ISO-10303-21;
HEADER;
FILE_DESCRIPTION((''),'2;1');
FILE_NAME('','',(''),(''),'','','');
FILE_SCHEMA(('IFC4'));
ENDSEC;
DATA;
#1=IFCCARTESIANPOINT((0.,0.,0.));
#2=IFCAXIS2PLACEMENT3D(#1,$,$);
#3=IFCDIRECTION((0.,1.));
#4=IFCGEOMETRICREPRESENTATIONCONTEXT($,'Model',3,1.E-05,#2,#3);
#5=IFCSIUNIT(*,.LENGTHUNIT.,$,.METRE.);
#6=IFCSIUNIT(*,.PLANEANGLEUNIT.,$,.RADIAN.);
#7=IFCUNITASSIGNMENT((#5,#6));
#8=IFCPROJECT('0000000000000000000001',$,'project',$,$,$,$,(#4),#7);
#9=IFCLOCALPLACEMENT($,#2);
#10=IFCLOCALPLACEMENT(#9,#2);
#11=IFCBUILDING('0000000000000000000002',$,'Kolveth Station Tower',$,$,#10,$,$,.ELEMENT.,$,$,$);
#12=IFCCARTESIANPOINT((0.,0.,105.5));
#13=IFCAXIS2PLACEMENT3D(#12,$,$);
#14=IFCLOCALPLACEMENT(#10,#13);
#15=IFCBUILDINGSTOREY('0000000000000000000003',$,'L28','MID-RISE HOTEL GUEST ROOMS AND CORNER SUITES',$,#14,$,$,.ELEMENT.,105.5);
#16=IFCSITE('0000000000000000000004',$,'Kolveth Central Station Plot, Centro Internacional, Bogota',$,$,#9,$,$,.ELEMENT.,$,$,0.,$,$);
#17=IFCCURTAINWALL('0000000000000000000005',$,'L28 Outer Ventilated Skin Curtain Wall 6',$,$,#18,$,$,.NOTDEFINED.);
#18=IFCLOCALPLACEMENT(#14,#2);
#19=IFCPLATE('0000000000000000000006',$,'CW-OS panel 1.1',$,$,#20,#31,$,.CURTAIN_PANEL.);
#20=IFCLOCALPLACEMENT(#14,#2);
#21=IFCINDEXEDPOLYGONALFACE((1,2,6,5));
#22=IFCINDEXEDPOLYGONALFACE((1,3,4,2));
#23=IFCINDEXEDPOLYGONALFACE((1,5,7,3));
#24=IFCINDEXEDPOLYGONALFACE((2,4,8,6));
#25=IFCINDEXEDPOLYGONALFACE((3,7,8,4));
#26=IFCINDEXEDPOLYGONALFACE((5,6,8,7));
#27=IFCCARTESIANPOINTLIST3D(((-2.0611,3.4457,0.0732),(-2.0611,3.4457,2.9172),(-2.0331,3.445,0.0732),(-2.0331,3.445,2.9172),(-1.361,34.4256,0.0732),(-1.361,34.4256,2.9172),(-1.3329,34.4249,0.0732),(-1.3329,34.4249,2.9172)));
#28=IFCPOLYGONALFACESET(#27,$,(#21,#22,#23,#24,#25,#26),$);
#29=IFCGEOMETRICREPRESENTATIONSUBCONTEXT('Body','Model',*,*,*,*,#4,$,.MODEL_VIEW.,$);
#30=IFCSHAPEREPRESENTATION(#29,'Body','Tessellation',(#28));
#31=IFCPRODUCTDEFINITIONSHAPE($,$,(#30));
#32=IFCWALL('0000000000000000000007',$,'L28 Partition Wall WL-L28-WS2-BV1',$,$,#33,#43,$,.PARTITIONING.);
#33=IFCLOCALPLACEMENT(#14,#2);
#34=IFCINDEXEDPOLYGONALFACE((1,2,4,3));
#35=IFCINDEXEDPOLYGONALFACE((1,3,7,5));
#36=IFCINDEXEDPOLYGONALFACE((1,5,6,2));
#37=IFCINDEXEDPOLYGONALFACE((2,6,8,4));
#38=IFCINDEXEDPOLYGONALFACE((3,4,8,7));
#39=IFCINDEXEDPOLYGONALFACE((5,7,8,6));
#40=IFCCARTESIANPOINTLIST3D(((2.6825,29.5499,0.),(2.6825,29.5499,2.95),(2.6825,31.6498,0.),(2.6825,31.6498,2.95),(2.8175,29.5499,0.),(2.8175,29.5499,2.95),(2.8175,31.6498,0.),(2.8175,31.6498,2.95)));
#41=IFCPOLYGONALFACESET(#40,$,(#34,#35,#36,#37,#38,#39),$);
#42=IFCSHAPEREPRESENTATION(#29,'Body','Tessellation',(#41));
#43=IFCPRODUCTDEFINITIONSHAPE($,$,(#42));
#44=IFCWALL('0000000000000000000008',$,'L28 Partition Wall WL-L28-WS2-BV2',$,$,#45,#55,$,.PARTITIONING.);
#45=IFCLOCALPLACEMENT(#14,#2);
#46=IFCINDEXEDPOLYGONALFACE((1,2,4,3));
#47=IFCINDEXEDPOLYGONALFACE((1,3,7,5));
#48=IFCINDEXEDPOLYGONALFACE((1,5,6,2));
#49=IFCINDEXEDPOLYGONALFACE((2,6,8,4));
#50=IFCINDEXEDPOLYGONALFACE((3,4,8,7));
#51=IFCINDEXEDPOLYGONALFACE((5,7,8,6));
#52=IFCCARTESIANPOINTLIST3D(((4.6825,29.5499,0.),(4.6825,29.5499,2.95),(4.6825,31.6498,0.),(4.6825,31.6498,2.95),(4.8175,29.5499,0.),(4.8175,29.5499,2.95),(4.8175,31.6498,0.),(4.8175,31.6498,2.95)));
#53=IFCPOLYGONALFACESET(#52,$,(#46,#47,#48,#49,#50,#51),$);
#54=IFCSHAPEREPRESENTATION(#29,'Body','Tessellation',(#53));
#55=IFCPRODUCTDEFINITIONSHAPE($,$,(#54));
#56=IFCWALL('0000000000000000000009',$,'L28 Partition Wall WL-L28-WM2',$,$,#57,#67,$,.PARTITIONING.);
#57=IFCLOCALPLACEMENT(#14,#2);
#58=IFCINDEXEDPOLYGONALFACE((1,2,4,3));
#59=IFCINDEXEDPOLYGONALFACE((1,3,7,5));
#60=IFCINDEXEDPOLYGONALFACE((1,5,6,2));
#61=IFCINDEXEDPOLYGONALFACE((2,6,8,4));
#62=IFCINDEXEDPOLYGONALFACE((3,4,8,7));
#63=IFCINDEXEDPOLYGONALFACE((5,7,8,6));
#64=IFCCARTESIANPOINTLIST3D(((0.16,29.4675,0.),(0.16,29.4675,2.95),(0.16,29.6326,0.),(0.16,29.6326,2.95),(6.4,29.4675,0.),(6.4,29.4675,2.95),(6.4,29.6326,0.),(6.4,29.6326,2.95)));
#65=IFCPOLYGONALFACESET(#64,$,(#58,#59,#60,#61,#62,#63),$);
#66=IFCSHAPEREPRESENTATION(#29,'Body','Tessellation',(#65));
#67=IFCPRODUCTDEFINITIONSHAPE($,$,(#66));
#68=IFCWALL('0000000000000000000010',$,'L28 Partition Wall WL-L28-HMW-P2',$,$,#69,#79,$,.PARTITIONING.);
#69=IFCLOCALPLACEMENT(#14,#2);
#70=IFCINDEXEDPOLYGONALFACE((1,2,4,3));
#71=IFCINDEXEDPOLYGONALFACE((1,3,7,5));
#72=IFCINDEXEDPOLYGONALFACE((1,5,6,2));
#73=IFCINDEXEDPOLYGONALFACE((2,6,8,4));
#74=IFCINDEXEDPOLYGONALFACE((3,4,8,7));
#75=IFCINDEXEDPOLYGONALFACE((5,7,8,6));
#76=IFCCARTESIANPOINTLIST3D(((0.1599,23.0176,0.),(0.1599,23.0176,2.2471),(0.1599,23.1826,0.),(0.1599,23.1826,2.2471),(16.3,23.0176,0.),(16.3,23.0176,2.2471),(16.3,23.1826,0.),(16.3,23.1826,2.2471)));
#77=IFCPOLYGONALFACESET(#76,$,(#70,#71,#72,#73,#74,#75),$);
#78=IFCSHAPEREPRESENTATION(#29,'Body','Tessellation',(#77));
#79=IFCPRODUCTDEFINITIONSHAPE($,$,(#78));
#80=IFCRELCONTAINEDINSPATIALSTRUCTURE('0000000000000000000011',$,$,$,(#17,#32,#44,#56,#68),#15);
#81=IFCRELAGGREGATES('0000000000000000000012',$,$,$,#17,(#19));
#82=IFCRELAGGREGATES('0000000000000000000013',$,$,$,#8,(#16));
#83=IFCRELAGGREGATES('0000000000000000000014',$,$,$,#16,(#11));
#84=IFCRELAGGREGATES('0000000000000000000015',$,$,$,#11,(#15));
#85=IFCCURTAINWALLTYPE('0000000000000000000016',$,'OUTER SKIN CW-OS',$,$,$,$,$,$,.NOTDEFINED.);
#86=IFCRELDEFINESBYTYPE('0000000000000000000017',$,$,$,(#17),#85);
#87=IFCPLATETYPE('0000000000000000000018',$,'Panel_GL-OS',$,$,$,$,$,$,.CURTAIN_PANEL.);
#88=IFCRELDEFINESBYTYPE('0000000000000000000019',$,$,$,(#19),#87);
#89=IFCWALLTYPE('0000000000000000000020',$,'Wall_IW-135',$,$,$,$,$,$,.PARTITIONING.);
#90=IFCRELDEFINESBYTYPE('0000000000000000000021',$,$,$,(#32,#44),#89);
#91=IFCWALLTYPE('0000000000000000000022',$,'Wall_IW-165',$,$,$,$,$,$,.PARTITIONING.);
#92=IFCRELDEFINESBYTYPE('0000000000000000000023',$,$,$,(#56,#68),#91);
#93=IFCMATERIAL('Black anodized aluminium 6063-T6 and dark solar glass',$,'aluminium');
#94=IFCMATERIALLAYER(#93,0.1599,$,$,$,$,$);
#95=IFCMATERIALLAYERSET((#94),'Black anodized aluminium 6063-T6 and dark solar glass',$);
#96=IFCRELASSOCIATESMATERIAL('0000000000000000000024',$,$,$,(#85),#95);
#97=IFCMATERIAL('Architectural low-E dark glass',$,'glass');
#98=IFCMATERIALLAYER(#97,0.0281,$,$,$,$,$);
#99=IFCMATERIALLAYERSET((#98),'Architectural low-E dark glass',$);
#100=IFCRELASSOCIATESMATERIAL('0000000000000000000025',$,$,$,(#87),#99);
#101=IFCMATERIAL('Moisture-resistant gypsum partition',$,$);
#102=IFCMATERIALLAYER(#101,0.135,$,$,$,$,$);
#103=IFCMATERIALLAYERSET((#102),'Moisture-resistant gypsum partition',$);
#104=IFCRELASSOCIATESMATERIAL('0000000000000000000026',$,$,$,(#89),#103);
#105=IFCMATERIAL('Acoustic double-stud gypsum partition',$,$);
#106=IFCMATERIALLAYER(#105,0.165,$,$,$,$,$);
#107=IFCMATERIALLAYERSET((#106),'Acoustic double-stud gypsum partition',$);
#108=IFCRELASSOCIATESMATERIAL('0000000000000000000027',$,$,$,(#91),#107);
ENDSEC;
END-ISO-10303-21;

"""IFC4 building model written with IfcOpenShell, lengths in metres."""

from ifc_helpers import new_model, si_unit, direction, frame, frame_2d, origin, origin_2d, place, context, subcontext, project, spatial, rectangle, extrude, source, transform, mapped, material, layer, layer_set, type_object, element, aggregate, save


model = new_model("IFC4")

# Units and contexts
model_context = context("Model", 3, precision=1e-05, world=origin(), true_north=direction((0.0, 1.0)))
body_context = subcontext(model_context, "Body", "Model", "MODEL_VIEW")
ifc_project = project(units=[si_unit("LENGTHUNIT", "METRE"), si_unit("PLANEANGLEUNIT", "RADIAN")], contexts=[model_context])

# Site, building, storey
site_placement = place(None, origin())
site = spatial("IfcSite", under=ifc_project, at=site_placement, Name="Kolveth Central Station Plot, Centro Internacional, Bogota", CompositionType="ELEMENT", RefElevation=0.0)
building_placement = place(site_placement, origin())
building = spatial("IfcBuilding", under=site, at=building_placement, Name="Kolveth Station Tower", CompositionType="ELEMENT")
storey_placement = place(building_placement, frame((0.0, 0.0, 105.5)))
storey = spatial("IfcBuildingStorey", under=building, at=storey_placement, Name="L28", Description="MID-RISE HOTEL GUEST ROOMS AND CORNER SUITES", CompositionType="ELEMENT", Elevation=105.5)

# Shared definitions
ifc_material_1 = material(Name="Architectural low-E dark glass", Category="glass")

# Curtain wall, plate
ifc_material_2 = material(Name="Black anodized aluminium 6063-T6 and dark solar glass", Category="aluminium")
ifc_layer_1 = layer(ifc_material_2, 0.1599)
ifc_layer_set_1 = layer_set([ifc_layer_1], Name="Black anodized aluminium 6063-T6 and dark solar glass")
curtain_wall_type_1 = type_object("IfcCurtainWallType", Name="OUTER SKIN CW-OS", PredefinedType="NOTDEFINED", material=ifc_layer_set_1)
curtain_wall_1_placement = place(storey_placement, origin())
curtain_wall_1 = element("IfcCurtainWall", 1, at=curtain_wall_1_placement, inside=storey, type_object=curtain_wall_type_1, Name="L28 Outer Ventilated Skin Curtain Wall 6", PredefinedType="NOTDEFINED")
ifc_layer_2 = layer(ifc_material_1, 0.0281)
ifc_layer_set_2 = layer_set([ifc_layer_2], Name="Architectural low-E dark glass")
plate_type_1 = type_object("IfcPlateType", Name="Panel_GL-OS", PredefinedType="CURTAIN_PANEL", material=ifc_layer_set_2)
shared_shape_1 = source(origin(), body_context, "Body", "SweptSolid", [
    extrude(rectangle(XDim=30.9878, YDim=0.0281, at=origin_2d()), origin(), (0.0, 0.0, 1.0), 2.844),
])
plate_1_placement = place(storey_placement, frame((-1.697, 18.9353, 0.0732), z_axis=(0.0, 0.0, 1.0), x_axis=(-0.022594, -0.999745, 0.0)))
plate_1 = element("IfcPlate", 2, at=plate_1_placement, type_object=plate_type_1, Name="CW-OS panel 1.1", PredefinedType="CURTAIN_PANEL", context=body_context, shape_type="MappedRepresentation", body=[
    mapped(shared_shape_1, transform((0.0, 0.0, 0.0), x_axis=(1.0, 0.0, 0.0), y_axis=(0.0, 1.0, 0.0), z_axis=(0.0, 0.0, 1.0), scale=1.0)),
])
aggregate(curtain_wall_1, [plate_1])

# Walls
ifc_material_3 = material(Name="Moisture-resistant gypsum partition")
ifc_layer_3 = layer(ifc_material_3, 0.135)
ifc_layer_set_3 = layer_set([ifc_layer_3], Name="Moisture-resistant gypsum partition")
wall_type_1 = type_object("IfcWallType", Name="Wall_IW-135", PredefinedType="PARTITIONING", material=ifc_layer_set_3)
for number, where, z_axis, x_axis, name in (
    (3, (2.75, 29.55, 0.0), (0.0, 0.0, 1.0), (0.0, 1.0, 0.0), "L28 Partition Wall WL-L28-WS2-BV1"),
    (4, (4.75, 29.55, 0.0), (0.0, 0.0, 1.0), (0.0, 1.0, 0.0), "L28 Partition Wall WL-L28-WS2-BV2"),
):
    element("IfcWall", number, at=place(storey_placement, frame(where, z_axis=z_axis, x_axis=x_axis)), inside=storey, type_object=wall_type_1, Name=name, PredefinedType="PARTITIONING", context=body_context, shape_type="SweptSolid", body=[
        extrude(rectangle(XDim=2.0999, YDim=0.135, at=frame_2d((1.0498, 0.0))), origin(), (0.0, 0.0, 1.0), 2.95),
    ])
ifc_material_4 = material(Name="Acoustic double-stud gypsum partition")
ifc_layer_4 = layer(ifc_material_4, 0.165)
ifc_layer_set_4 = layer_set([ifc_layer_4], Name="Acoustic double-stud gypsum partition")
wall_type_2 = type_object("IfcWallType", Name="Wall_IW-165", PredefinedType="PARTITIONING", material=ifc_layer_set_4)
wall_1_placement = place(storey_placement, frame((0.1599, 29.55, 0.0), z_axis=(0.0, 0.0, 1.0), x_axis=(1.0, 0.0, 0.0)))
element("IfcWall", 5, at=wall_1_placement, inside=storey, type_object=wall_type_2, Name="L28 Partition Wall WL-L28-WM2", PredefinedType="PARTITIONING", context=body_context, shape_type="SweptSolid", body=[
    extrude(rectangle(XDim=6.24, YDim=0.165, at=frame_2d((3.1201, 0.0))), origin(), (0.0, 0.0, 1.0), 2.95),
])
wall_2_placement = place(storey_placement, frame((0.1599, 23.1001, 0.0), z_axis=(0.0, 0.0, 1.0), x_axis=(1.0, 0.0, 0.0)))
element("IfcWall", 6, at=wall_2_placement, inside=storey, type_object=wall_type_2, Name="L28 Partition Wall WL-L28-HMW-P2", PredefinedType="PARTITIONING", context=body_context, shape_type="SweptSolid", body=[
    extrude(rectangle(XDim=16.1401, YDim=0.165, at=frame_2d((8.0701, 0.0))), origin(), (0.0, 0.0, 1.0), 2.2471),
])

save(model, "model.ifc")
